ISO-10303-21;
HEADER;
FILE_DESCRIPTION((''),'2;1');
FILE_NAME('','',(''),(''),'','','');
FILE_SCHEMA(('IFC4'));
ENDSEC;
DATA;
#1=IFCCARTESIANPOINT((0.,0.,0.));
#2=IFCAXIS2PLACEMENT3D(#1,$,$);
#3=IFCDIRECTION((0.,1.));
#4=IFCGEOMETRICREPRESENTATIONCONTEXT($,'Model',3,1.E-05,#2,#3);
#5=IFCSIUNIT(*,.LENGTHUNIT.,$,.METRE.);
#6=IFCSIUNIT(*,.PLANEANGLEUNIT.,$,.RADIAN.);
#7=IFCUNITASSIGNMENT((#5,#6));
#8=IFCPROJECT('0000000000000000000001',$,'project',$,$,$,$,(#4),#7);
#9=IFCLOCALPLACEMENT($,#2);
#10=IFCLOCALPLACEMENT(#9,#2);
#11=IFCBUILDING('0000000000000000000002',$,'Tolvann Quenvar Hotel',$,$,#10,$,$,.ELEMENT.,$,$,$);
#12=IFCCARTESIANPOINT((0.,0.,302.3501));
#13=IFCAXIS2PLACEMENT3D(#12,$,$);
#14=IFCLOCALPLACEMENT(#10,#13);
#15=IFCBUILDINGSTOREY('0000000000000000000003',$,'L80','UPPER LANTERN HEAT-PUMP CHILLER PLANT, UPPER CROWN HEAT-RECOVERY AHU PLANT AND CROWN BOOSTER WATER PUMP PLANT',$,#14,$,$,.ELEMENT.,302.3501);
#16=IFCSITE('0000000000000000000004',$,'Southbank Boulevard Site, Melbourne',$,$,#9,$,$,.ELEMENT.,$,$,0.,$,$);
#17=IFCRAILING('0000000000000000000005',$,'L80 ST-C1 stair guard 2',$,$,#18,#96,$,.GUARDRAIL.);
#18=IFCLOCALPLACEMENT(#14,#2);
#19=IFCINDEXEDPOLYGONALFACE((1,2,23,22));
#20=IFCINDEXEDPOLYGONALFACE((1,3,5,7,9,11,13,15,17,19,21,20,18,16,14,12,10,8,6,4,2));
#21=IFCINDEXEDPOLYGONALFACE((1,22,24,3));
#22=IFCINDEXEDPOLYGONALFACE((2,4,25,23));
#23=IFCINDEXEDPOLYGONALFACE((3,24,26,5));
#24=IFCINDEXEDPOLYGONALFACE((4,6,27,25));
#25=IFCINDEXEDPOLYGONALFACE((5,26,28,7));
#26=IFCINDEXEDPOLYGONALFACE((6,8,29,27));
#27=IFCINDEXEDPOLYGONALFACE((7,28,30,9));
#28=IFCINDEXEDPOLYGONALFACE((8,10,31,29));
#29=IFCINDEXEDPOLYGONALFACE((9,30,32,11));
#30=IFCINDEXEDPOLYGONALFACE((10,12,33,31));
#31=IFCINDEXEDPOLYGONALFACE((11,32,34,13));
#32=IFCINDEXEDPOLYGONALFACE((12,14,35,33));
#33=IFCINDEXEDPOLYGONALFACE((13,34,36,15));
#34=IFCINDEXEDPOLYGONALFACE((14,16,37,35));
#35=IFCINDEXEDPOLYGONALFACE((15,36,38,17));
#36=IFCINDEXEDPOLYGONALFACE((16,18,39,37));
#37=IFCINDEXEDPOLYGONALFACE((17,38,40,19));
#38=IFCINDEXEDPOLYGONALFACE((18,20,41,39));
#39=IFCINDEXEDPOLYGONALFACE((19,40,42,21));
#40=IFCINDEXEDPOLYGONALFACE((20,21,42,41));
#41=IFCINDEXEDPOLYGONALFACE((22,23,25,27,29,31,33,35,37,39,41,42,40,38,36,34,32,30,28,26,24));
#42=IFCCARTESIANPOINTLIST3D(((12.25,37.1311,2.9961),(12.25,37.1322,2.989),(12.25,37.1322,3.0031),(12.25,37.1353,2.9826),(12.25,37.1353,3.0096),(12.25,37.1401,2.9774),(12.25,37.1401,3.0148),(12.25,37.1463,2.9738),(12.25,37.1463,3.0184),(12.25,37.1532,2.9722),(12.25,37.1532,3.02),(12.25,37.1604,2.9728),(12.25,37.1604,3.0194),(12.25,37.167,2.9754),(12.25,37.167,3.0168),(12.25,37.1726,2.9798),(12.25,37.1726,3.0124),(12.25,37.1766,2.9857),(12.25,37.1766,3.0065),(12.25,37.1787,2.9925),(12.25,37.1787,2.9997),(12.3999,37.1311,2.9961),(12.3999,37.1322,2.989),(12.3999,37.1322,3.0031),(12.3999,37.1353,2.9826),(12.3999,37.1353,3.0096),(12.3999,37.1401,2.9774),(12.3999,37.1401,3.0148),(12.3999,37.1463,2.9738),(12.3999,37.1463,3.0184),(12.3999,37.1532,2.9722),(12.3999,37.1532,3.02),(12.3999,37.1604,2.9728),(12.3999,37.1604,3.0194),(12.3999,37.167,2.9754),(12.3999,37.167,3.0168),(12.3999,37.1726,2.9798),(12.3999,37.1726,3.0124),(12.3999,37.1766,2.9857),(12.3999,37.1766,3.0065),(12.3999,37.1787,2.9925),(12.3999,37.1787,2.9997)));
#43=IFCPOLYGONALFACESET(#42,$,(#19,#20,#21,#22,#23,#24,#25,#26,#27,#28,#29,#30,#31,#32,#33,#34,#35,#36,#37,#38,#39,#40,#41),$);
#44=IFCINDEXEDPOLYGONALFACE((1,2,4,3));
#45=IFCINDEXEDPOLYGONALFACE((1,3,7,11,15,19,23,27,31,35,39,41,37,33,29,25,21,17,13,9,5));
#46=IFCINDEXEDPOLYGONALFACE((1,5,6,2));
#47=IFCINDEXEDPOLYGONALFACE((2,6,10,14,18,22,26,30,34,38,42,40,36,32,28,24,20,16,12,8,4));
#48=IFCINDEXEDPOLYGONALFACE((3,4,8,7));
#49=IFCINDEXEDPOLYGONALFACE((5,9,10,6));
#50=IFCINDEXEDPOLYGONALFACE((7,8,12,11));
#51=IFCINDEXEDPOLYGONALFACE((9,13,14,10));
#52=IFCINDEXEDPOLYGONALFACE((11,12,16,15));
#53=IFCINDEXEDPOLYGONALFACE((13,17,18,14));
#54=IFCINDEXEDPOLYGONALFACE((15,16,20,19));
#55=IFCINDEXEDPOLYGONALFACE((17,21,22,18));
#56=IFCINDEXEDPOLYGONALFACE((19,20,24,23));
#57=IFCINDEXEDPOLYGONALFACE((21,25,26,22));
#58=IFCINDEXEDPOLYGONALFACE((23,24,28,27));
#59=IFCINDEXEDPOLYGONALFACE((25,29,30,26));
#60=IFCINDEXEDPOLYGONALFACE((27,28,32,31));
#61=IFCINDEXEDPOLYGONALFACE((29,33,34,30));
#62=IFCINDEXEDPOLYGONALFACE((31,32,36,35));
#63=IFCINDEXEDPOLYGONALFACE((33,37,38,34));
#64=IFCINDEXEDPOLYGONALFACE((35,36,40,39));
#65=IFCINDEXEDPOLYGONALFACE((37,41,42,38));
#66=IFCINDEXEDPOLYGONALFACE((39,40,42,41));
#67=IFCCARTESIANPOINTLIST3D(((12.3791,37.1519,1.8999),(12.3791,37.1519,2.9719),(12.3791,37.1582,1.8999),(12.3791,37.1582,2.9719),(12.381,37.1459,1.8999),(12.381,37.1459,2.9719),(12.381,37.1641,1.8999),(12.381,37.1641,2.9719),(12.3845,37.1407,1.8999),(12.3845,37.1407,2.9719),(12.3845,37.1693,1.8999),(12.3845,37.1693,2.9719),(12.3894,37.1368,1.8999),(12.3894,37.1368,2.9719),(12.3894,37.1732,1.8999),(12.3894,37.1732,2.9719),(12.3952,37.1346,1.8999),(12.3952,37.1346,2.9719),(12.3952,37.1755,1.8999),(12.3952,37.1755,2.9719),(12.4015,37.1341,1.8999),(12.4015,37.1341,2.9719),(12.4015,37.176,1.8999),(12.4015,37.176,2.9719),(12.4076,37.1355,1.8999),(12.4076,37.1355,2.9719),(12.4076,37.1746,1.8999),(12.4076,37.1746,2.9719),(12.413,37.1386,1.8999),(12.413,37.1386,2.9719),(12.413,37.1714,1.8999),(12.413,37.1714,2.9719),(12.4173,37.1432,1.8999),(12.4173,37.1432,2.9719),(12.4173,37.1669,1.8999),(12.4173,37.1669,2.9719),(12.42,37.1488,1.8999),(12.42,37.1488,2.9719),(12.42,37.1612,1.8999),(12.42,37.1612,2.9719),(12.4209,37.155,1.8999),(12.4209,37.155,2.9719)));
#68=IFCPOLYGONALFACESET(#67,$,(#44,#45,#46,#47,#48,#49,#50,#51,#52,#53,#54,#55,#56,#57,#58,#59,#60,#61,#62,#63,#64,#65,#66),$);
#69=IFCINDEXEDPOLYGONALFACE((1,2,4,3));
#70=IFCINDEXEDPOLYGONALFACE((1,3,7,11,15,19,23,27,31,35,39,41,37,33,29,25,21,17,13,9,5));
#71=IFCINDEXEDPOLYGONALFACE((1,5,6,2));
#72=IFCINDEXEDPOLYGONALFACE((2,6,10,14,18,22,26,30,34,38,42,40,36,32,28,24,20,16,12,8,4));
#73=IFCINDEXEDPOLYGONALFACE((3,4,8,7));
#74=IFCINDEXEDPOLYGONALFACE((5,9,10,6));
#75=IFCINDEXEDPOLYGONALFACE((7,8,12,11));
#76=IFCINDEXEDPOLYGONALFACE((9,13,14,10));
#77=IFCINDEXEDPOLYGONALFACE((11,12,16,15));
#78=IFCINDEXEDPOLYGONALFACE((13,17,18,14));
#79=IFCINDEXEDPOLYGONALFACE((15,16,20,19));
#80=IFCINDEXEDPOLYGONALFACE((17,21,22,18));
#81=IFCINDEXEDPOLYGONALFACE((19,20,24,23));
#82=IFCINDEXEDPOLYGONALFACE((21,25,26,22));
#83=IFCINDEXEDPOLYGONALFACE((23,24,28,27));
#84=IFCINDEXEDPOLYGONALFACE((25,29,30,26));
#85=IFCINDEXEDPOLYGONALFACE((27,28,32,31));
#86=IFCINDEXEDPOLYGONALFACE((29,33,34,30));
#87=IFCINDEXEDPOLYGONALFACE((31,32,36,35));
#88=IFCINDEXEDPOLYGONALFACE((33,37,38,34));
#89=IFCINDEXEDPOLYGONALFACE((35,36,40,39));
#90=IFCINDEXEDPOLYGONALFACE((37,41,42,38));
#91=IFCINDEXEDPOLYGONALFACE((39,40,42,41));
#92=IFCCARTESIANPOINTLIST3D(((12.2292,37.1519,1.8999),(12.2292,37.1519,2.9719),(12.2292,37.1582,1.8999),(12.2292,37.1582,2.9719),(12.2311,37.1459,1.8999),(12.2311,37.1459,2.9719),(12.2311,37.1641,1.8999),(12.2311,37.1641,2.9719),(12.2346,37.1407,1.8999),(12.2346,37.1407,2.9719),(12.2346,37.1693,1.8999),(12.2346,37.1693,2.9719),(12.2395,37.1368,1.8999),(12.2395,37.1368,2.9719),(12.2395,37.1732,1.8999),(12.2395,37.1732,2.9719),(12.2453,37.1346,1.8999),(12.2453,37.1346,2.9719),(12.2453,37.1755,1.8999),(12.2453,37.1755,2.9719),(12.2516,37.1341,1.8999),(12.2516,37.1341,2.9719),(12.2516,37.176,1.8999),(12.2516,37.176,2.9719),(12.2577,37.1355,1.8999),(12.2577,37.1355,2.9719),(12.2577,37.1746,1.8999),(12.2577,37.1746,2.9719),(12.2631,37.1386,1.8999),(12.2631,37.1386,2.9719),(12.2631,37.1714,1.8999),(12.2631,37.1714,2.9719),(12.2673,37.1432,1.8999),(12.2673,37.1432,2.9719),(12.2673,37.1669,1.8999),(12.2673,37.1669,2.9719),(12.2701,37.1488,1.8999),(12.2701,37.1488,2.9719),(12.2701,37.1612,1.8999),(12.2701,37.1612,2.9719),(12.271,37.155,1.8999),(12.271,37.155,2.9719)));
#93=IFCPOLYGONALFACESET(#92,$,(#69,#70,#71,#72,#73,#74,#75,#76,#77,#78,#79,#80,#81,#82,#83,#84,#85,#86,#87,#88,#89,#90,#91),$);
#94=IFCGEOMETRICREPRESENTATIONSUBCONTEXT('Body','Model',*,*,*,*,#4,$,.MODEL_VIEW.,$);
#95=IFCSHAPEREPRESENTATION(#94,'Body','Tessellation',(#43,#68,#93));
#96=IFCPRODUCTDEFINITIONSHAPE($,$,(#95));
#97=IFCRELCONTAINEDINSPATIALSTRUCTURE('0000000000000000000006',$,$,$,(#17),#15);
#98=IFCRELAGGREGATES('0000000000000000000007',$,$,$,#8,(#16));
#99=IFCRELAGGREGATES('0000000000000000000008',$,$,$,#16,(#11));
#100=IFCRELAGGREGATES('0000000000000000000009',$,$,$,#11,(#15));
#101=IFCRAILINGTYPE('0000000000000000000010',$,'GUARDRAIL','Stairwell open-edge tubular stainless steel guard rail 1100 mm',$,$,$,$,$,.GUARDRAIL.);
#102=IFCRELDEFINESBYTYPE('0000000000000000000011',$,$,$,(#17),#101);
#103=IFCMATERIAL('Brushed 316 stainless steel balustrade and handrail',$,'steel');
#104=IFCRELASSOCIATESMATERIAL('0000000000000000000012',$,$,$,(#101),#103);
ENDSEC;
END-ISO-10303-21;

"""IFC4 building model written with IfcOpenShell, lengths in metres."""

from ifc_helpers import new_model, si_unit, direction, frame, origin, origin_2d, place, context, subcontext, project, spatial, circle, extrude, material, type_object, element, save


model = new_model("IFC4")

# Units and contexts
model_context = context("Model", 3, precision=1e-05, world=origin(), true_north=direction((0.0, 1.0)))
body_context = subcontext(model_context, "Body", "Model", "MODEL_VIEW")
ifc_project = project(units=[si_unit("LENGTHUNIT", "METRE"), si_unit("PLANEANGLEUNIT", "RADIAN")], contexts=[model_context])

# Site, building, storey
site_placement = place(None, origin())
site = spatial("IfcSite", under=ifc_project, at=site_placement, Name="Southbank Boulevard Site, Melbourne", CompositionType="ELEMENT", RefElevation=0.0)
building_placement = place(site_placement, origin())
building = spatial("IfcBuilding", under=site, at=building_placement, Name="Tolvann Quenvar Hotel", CompositionType="ELEMENT")
storey_placement = place(building_placement, frame((0.0, 0.0, 302.3501)))
storey = spatial("IfcBuildingStorey", under=building, at=storey_placement, Name="L80", Description="UPPER LANTERN HEAT-PUMP CHILLER PLANT, UPPER CROWN HEAT-RECOVERY AHU PLANT AND CROWN BOOSTER WATER PUMP PLANT", CompositionType="ELEMENT", Elevation=302.3501)

# Railing
ifc_material_1 = material(Name="Brushed 316 stainless steel balustrade and handrail", Category="steel")
railing_type_1 = type_object("IfcRailingType", Name="GUARDRAIL", Description="Stairwell open-edge tubular stainless steel guard rail 1100 mm", PredefinedType="GUARDRAIL", material=ifc_material_1)
railing_1_placement = place(storey_placement, frame((12.3999, 37.155, 1.8999)))
element("IfcRailing", 1, at=railing_1_placement, inside=storey, type_object=railing_type_1, Name="L80 ST-C1 stair guard 2", PredefinedType="GUARDRAIL", context=body_context, shape_type="SweptSolid", body=[
    extrude(circle(Radius=0.0239, at=origin_2d()), frame((0.0, 0.0, 1.0962), z_axis=(-1.0, 0.0, 0.0), x_axis=(0.0, -1.0, 0.0)), (0.0, 0.0, 1.0), 0.1499),
    extrude(circle(Radius=0.021, at=origin_2d()), origin(), (0.0, 0.0, 1.0), 1.072),
    extrude(circle(Radius=0.021, at=origin_2d()), frame((-0.1499, 0.0, 0.0)), (0.0, 0.0, 1.0), 1.072),
])

save(model, "model.ifc")
